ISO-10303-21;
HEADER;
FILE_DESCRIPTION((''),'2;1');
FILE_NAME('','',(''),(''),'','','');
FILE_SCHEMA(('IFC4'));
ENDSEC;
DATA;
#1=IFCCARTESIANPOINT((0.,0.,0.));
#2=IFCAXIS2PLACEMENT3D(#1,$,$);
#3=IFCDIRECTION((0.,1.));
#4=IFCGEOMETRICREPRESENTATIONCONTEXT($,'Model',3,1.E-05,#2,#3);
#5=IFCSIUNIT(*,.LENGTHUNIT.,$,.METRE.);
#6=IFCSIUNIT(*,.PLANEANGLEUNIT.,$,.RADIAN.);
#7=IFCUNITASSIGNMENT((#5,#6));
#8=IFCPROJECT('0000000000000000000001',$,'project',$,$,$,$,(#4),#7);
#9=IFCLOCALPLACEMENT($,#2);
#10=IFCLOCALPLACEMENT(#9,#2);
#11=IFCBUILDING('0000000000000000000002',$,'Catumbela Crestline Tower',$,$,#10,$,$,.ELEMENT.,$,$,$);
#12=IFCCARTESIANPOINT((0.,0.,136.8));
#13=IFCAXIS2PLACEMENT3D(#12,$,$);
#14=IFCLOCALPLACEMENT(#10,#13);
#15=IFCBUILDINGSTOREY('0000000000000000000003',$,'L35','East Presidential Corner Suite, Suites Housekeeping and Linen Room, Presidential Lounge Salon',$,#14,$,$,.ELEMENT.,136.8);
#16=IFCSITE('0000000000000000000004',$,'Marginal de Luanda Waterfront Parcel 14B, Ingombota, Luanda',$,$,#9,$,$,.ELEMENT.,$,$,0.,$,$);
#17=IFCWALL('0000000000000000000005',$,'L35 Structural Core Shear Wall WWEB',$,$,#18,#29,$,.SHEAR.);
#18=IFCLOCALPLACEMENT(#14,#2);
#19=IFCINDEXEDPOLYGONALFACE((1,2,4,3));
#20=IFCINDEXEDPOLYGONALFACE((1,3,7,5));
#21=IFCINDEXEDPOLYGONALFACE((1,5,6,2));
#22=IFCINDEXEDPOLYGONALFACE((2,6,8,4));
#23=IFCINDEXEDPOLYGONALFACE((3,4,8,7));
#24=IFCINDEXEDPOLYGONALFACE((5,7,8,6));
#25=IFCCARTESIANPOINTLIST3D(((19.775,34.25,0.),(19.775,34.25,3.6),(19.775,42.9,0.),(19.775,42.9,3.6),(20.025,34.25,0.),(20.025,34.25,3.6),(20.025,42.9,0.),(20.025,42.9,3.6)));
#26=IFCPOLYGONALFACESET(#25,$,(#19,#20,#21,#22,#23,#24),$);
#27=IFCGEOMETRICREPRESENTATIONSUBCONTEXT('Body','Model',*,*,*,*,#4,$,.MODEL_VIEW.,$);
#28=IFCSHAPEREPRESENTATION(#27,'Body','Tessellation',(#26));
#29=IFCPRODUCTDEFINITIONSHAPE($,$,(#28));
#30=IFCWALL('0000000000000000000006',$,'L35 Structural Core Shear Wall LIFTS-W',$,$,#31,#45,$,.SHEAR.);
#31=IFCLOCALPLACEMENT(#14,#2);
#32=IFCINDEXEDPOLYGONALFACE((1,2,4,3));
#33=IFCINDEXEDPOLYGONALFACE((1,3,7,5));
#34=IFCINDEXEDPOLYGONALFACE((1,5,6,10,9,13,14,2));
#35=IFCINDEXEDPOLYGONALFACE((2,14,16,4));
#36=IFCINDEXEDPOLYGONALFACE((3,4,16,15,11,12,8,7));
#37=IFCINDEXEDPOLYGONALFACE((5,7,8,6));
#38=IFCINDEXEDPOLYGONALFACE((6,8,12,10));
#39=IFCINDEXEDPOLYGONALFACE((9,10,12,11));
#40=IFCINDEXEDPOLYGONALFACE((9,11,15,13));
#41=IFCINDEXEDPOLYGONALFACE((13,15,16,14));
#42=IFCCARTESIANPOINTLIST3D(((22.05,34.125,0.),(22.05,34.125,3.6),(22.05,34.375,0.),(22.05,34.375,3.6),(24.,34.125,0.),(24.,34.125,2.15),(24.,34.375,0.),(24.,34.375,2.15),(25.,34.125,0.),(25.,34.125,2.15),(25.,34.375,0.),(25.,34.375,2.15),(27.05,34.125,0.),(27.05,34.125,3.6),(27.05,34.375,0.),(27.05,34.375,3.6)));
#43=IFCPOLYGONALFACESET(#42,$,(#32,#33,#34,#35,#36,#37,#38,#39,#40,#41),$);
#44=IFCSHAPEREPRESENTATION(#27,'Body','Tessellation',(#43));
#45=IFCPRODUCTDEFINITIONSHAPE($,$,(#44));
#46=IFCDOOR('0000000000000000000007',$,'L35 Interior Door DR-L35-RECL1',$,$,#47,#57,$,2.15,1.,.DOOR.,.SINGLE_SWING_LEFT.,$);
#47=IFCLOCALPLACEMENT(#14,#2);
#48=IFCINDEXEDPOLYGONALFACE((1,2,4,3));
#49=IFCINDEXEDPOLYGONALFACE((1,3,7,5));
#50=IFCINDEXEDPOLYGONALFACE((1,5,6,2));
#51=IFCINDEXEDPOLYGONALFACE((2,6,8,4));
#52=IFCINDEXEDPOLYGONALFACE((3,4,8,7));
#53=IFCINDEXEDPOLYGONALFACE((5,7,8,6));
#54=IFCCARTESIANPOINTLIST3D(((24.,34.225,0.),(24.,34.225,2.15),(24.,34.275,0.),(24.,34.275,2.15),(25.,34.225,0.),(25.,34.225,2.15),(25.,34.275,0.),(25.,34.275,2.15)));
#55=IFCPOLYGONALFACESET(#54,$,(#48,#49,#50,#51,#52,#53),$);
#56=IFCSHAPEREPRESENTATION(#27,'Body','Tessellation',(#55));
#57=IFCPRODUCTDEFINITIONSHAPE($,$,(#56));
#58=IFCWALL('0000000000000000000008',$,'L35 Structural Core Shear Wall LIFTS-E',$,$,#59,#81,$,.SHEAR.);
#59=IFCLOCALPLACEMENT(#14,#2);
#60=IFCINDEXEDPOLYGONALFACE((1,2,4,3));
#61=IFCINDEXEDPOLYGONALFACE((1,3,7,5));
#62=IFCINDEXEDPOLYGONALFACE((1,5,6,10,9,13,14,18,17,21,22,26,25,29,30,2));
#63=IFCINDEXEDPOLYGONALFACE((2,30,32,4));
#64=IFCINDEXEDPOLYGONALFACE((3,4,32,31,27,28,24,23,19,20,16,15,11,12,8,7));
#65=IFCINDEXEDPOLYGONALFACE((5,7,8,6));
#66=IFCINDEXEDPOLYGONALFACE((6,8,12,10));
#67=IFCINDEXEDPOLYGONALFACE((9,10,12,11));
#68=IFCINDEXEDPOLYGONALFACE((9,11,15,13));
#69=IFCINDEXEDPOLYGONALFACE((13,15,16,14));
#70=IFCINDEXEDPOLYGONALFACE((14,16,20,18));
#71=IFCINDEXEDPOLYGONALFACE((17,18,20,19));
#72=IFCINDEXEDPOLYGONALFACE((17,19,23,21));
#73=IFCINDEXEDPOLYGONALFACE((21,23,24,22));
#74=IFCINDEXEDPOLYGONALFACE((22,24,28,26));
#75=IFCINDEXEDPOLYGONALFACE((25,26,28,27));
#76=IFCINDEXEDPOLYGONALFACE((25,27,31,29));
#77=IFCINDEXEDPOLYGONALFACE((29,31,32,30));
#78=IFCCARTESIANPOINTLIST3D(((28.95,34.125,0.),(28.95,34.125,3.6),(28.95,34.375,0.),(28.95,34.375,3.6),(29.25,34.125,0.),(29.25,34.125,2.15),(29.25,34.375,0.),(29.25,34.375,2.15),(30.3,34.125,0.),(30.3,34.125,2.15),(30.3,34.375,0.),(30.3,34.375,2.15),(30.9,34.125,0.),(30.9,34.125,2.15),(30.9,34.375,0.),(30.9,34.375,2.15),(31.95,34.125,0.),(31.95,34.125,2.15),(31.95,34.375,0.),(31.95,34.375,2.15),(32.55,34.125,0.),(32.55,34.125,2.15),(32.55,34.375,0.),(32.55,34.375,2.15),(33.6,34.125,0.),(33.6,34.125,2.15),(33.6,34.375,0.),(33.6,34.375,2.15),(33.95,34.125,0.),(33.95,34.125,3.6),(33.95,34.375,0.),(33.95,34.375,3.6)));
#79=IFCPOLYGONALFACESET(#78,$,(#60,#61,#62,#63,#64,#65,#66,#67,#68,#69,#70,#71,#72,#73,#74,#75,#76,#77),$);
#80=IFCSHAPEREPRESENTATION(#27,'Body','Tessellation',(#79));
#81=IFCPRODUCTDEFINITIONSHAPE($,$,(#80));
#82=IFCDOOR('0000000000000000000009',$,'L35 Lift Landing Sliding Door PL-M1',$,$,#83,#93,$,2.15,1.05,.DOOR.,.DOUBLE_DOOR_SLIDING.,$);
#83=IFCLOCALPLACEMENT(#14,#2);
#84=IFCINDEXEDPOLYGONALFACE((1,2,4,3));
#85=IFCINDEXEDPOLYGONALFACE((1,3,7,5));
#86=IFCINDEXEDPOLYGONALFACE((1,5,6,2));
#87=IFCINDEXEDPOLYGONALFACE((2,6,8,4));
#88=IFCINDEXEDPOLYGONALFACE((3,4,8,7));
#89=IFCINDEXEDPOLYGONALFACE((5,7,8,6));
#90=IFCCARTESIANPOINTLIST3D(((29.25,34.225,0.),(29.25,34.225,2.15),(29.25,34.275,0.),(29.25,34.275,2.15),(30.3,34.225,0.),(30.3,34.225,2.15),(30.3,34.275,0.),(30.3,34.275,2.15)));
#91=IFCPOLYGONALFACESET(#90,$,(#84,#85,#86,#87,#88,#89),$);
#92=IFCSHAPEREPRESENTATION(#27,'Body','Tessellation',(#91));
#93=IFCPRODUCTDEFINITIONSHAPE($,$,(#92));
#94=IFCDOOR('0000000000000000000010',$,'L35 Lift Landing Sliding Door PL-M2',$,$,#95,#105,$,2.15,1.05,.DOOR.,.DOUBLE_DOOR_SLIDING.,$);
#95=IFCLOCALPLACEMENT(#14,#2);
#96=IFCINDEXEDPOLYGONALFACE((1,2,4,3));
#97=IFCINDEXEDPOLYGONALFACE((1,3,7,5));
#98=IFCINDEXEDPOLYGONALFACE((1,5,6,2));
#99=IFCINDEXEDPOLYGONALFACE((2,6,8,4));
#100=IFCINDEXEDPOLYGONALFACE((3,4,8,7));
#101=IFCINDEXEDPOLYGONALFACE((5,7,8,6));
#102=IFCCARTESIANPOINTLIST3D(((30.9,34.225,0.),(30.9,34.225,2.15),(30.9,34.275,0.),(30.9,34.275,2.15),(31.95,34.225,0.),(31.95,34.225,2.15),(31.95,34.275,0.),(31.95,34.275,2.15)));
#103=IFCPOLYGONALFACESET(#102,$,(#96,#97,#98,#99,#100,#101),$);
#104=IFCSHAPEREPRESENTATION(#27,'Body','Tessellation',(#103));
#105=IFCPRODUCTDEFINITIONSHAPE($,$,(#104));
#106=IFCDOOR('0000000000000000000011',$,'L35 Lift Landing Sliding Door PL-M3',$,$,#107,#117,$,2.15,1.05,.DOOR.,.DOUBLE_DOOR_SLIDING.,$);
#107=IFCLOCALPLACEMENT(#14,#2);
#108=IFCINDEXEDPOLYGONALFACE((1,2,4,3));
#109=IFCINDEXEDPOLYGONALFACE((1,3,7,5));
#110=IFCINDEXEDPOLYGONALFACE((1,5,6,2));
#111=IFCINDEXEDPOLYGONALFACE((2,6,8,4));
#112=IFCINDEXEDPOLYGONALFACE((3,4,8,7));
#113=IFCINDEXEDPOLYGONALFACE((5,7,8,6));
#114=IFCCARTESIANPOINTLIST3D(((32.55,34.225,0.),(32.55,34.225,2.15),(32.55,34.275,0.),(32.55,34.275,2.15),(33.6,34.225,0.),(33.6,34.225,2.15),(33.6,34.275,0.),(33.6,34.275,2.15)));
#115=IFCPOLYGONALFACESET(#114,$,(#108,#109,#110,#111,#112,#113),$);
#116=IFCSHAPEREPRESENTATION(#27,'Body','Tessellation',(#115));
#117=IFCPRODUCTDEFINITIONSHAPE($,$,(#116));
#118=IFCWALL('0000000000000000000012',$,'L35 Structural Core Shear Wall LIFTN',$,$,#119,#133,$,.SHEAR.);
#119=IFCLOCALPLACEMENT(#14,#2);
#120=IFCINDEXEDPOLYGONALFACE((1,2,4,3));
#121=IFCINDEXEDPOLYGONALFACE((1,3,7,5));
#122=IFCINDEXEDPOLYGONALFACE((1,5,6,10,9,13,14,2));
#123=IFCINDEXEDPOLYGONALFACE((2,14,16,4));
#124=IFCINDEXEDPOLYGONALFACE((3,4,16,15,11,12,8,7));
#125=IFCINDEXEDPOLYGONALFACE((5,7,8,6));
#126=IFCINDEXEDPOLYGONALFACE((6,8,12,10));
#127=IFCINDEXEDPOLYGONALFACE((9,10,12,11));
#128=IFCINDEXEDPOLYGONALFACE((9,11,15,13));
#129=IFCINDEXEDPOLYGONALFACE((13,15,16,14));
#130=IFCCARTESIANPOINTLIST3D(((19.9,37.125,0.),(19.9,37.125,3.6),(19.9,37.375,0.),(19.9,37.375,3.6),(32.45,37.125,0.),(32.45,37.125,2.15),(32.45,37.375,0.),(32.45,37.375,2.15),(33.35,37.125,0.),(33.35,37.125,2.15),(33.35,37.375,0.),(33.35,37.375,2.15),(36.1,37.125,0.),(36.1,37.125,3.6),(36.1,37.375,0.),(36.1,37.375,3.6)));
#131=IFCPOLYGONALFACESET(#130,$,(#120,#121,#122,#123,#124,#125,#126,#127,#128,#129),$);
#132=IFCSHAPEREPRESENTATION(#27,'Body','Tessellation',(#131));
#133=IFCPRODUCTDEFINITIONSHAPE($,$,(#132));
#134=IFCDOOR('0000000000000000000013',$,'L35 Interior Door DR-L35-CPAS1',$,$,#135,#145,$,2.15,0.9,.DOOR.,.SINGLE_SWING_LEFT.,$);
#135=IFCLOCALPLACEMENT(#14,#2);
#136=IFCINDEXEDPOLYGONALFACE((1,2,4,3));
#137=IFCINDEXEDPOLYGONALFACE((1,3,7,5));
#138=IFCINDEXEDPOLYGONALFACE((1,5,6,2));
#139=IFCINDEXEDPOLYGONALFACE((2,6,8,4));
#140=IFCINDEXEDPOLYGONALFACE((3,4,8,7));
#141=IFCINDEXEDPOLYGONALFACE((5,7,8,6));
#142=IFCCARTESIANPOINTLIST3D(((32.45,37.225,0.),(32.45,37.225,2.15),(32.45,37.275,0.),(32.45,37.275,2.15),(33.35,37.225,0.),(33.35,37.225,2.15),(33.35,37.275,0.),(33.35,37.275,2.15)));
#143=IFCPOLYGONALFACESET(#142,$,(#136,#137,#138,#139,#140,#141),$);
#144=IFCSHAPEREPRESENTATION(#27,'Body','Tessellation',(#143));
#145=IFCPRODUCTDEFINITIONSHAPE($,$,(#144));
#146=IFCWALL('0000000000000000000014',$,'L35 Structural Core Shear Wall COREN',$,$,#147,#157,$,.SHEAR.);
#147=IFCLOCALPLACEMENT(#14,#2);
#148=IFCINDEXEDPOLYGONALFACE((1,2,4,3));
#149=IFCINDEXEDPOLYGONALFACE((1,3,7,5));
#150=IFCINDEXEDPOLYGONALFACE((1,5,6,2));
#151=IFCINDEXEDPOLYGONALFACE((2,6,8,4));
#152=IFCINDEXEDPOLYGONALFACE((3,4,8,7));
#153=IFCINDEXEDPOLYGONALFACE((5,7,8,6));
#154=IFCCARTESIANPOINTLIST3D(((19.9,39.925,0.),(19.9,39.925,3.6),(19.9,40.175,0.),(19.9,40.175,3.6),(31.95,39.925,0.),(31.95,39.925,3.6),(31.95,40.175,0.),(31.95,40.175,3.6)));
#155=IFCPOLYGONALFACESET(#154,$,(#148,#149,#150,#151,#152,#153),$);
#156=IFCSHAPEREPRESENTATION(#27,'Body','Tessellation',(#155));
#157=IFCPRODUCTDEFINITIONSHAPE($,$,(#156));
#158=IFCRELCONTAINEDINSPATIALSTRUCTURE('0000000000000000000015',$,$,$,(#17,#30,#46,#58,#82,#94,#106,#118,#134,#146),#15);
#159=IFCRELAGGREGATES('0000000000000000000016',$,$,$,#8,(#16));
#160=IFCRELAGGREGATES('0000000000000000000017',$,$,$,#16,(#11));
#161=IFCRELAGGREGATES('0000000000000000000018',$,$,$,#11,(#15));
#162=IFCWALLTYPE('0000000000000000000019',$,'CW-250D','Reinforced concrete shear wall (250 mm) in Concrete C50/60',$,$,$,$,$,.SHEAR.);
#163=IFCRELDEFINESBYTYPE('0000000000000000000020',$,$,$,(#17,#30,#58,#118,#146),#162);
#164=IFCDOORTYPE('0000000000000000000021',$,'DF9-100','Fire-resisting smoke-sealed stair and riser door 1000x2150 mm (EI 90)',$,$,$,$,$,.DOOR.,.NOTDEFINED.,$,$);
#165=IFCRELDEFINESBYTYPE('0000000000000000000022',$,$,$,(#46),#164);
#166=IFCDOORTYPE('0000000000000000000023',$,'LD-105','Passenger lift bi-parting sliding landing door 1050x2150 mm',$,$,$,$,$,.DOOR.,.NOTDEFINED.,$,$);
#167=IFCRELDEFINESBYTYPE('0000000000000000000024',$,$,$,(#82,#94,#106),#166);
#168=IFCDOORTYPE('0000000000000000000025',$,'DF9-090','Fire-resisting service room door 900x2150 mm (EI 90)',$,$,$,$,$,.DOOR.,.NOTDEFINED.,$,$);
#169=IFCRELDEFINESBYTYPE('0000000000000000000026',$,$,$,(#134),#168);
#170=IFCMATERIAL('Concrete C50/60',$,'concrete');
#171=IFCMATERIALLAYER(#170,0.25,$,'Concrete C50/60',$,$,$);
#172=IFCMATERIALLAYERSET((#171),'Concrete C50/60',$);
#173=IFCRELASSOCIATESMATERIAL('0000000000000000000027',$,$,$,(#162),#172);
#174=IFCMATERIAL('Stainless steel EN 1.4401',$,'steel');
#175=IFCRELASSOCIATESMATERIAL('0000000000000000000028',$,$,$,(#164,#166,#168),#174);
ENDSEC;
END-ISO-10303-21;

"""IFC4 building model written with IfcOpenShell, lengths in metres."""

from ifc_helpers import new_model, si_unit, direction, frame, frame_2d, origin, place, context, subcontext, project, spatial, rectangle, extrude, material, layer, layer_set, type_object, element, fill, save


model = new_model("IFC4")

# Units and contexts
model_context = context("Model", 3, precision=1e-05, world=origin(), true_north=direction((0.0, 1.0)))
body_context = subcontext(model_context, "Body", "Model", "MODEL_VIEW")
ifc_project = project(units=[si_unit("LENGTHUNIT", "METRE"), si_unit("PLANEANGLEUNIT", "RADIAN")], contexts=[model_context])

# Site, building, storey
site_placement = place(None, origin())
site = spatial("IfcSite", under=ifc_project, at=site_placement, Name="Marginal de Luanda Waterfront Parcel 14B, Ingombota, Luanda", CompositionType="ELEMENT", RefElevation=0.0)
building_placement = place(site_placement, origin())
building = spatial("IfcBuilding", under=site, at=building_placement, Name="Catumbela Crestline Tower", CompositionType="ELEMENT")
storey_placement = place(building_placement, frame((0.0, 0.0, 136.8)))
storey = spatial("IfcBuildingStorey", under=building, at=storey_placement, Name="L35", Description="East Presidential Corner Suite, Suites Housekeeping and Linen Room, Presidential Lounge Salon", CompositionType="ELEMENT", Elevation=136.8)

# Wall
ifc_material_1 = material(Name="Concrete C50/60", Category="concrete")
ifc_layer_1 = layer(ifc_material_1, 0.25, Name="Concrete C50/60")
ifc_layer_set_1 = layer_set([ifc_layer_1], Name="Concrete C50/60")
wall_type_1 = type_object("IfcWallType", Name="CW-250D", Description="Reinforced concrete shear wall (250 mm) in Concrete C50/60", PredefinedType="SHEAR", material=ifc_layer_set_1)
wall_1_placement = place(storey_placement, frame((19.9, 34.25, 0.0), z_axis=(0.0, 0.0, 1.0), x_axis=(0.0, 1.0, 0.0)))
element("IfcWall", 1, at=wall_1_placement, inside=storey, type_object=wall_type_1, Name="L35 Structural Core Shear Wall WWEB", PredefinedType="SHEAR", context=body_context, shape_type="SweptSolid", body=[
    extrude(rectangle(XDim=8.65, YDim=0.25, at=frame_2d((4.325, 0.0))), origin(), (0.0, 0.0, 1.0), 3.6),
])

# Wall, opening, door
wall_2_placement = place(storey_placement, frame((22.05, 34.25, 0.0), z_axis=(0.0, 0.0, 1.0), x_axis=(1.0, 0.0, 0.0)))
wall_2 = element("IfcWall", 2, at=wall_2_placement, inside=storey, type_object=wall_type_1, Name="L35 Structural Core Shear Wall LIFTS-W", PredefinedType="SHEAR", context=body_context, shape_type="SweptSolid", body=[
    extrude(rectangle(XDim=5.0, YDim=0.25, at=frame_2d((2.5, 0.0))), origin(), (0.0, 0.0, 1.0), 3.6),
])
opening_1_placement = place(wall_2_placement, frame((1.95, 0.0, 0.0)))
opening_1 = element("IfcOpeningElement", 3, at=opening_1_placement, cuts=wall_2, PredefinedType="OPENING", context=body_context, shape_type="SweptSolid", body=[
    extrude(rectangle(XDim=1.0, YDim=2.15, at=frame_2d((0.5, 1.075))), frame((0.0, 0.135, 0.0), z_axis=(0.0, -1.0, 0.0), x_axis=(1.0, 0.0, 0.0)), (0.0, 0.0, 1.0), 0.27),
])
ifc_material_2 = material(Name="Stainless steel EN 1.4401", Category="steel")
door_type_1 = type_object("IfcDoorType", Name="DF9-100", Description="Fire-resisting smoke-sealed stair and riser door 1000x2150 mm (EI 90)", OperationType="NOTDEFINED", PredefinedType="DOOR", material=ifc_material_2)
door_1_placement = place(opening_1_placement, origin())
door_1 = element("IfcDoor", 4, at=door_1_placement, inside=storey, type_object=door_type_1, Name="L35 Interior Door DR-L35-RECL1", OperationType="SINGLE_SWING_LEFT", OverallHeight=2.15, OverallWidth=1.0, PredefinedType="DOOR", context=body_context, shape_type="SweptSolid", body=[
    extrude(rectangle(XDim=1.0, YDim=2.15, at=frame_2d((0.5, 1.075))), frame((0.0, 0.025, 0.0), z_axis=(0.0, -1.0, 0.0), x_axis=(1.0, 0.0, 0.0)), (0.0, 0.0, 1.0), 0.05),
])
fill(opening_1, door_1)

# Wall, openings, doors
wall_3_placement = place(storey_placement, frame((28.95, 34.25, 0.0), z_axis=(0.0, 0.0, 1.0), x_axis=(1.0, 0.0, 0.0)))
wall_3 = element("IfcWall", 5, at=wall_3_placement, inside=storey, type_object=wall_type_1, Name="L35 Structural Core Shear Wall LIFTS-E", PredefinedType="SHEAR", context=body_context, shape_type="SweptSolid", body=[
    extrude(rectangle(XDim=5.0, YDim=0.25, at=frame_2d((2.5, 0.0))), origin(), (0.0, 0.0, 1.0), 3.6),
])
opening_2_placement = place(wall_3_placement, frame((0.3, 0.0, 0.0)))
opening_2 = element("IfcOpeningElement", 6, at=opening_2_placement, cuts=wall_3, PredefinedType="OPENING", context=body_context, shape_type="SweptSolid", body=[
    extrude(rectangle(XDim=1.05, YDim=2.15, at=frame_2d((0.525, 1.075))), frame((0.0, 0.135, 0.0), z_axis=(0.0, -1.0, 0.0), x_axis=(1.0, 0.0, 0.0)), (0.0, 0.0, 1.0), 0.27),
])
opening_3_placement = place(wall_3_placement, frame((1.95, 0.0, 0.0)))
opening_3 = element("IfcOpeningElement", 7, at=opening_3_placement, cuts=wall_3, PredefinedType="OPENING", context=body_context, shape_type="SweptSolid", body=[
    extrude(rectangle(XDim=1.05, YDim=2.15, at=frame_2d((0.525, 1.075))), frame((0.0, 0.135, 0.0), z_axis=(0.0, -1.0, 0.0), x_axis=(1.0, 0.0, 0.0)), (0.0, 0.0, 1.0), 0.27),
])
opening_4_placement = place(wall_3_placement, frame((3.6, 0.0, 0.0)))
opening_4 = element("IfcOpeningElement", 8, at=opening_4_placement, cuts=wall_3, PredefinedType="OPENING", context=body_context, shape_type="SweptSolid", body=[
    extrude(rectangle(XDim=1.05, YDim=2.15, at=frame_2d((0.525, 1.075))), frame((0.0, 0.135, 0.0), z_axis=(0.0, -1.0, 0.0), x_axis=(1.0, 0.0, 0.0)), (0.0, 0.0, 1.0), 0.27),
])
door_type_2 = type_object("IfcDoorType", Name="LD-105", Description="Passenger lift bi-parting sliding landing door 1050x2150 mm", OperationType="NOTDEFINED", PredefinedType="DOOR", material=ifc_material_2)
door_2_placement = place(opening_2_placement, origin())
door_2 = element("IfcDoor", 9, at=door_2_placement, inside=storey, type_object=door_type_2, Name="L35 Lift Landing Sliding Door PL-M1", OperationType="DOUBLE_DOOR_SLIDING", OverallHeight=2.15, OverallWidth=1.05, PredefinedType="DOOR", context=body_context, shape_type="SweptSolid", body=[
    extrude(rectangle(XDim=1.05, YDim=2.15, at=frame_2d((0.525, 1.075))), frame((0.0, 0.025, 0.0), z_axis=(0.0, -1.0, 0.0), x_axis=(1.0, 0.0, 0.0)), (0.0, 0.0, 1.0), 0.05),
])
fill(opening_2, door_2)
door_3_placement = place(opening_3_placement, origin())
door_3 = element("IfcDoor", 10, at=door_3_placement, inside=storey, type_object=door_type_2, Name="L35 Lift Landing Sliding Door PL-M2", OperationType="DOUBLE_DOOR_SLIDING", OverallHeight=2.15, OverallWidth=1.05, PredefinedType="DOOR", context=body_context, shape_type="SweptSolid", body=[
    extrude(rectangle(XDim=1.05, YDim=2.15, at=frame_2d((0.525, 1.075))), frame((0.0, 0.025, 0.0), z_axis=(0.0, -1.0, 0.0), x_axis=(1.0, 0.0, 0.0)), (0.0, 0.0, 1.0), 0.05),
])
fill(opening_3, door_3)
door_4_placement = place(opening_4_placement, origin())
door_4 = element("IfcDoor", 11, at=door_4_placement, inside=storey, type_object=door_type_2, Name="L35 Lift Landing Sliding Door PL-M3", OperationType="DOUBLE_DOOR_SLIDING", OverallHeight=2.15, OverallWidth=1.05, PredefinedType="DOOR", context=body_context, shape_type="SweptSolid", body=[
    extrude(rectangle(XDim=1.05, YDim=2.15, at=frame_2d((0.525, 1.075))), frame((0.0, 0.025, 0.0), z_axis=(0.0, -1.0, 0.0), x_axis=(1.0, 0.0, 0.0)), (0.0, 0.0, 1.0), 0.05),
])
fill(opening_4, door_4)

# Wall, opening, door
wall_4_placement = place(storey_placement, frame((19.9, 37.25, 0.0), z_axis=(0.0, 0.0, 1.0), x_axis=(1.0, 0.0, 0.0)))
wall_4 = element("IfcWall", 12, at=wall_4_placement, inside=storey, type_object=wall_type_1, Name="L35 Structural Core Shear Wall LIFTN", PredefinedType="SHEAR", context=body_context, shape_type="SweptSolid", body=[
    extrude(rectangle(XDim=16.2, YDim=0.25, at=frame_2d((8.1, 0.0))), origin(), (0.0, 0.0, 1.0), 3.6),
])
opening_5_placement = place(wall_4_placement, frame((12.55, 0.0, 0.0)))
opening_5 = element("IfcOpeningElement", 13, at=opening_5_placement, cuts=wall_4, PredefinedType="OPENING", context=body_context, shape_type="SweptSolid", body=[
    extrude(rectangle(XDim=0.9, YDim=2.15, at=frame_2d((0.45, 1.075))), frame((0.0, 0.135, 0.0), z_axis=(0.0, -1.0, 0.0), x_axis=(1.0, 0.0, 0.0)), (0.0, 0.0, 1.0), 0.27),
])
door_type_3 = type_object("IfcDoorType", Name="DF9-090", Description="Fire-resisting service room door 900x2150 mm (EI 90)", OperationType="NOTDEFINED", PredefinedType="DOOR", material=ifc_material_2)
door_5_placement = place(opening_5_placement, origin())
door_5 = element("IfcDoor", 14, at=door_5_placement, inside=storey, type_object=door_type_3, Name="L35 Interior Door DR-L35-CPAS1", OperationType="SINGLE_SWING_LEFT", OverallHeight=2.15, OverallWidth=0.9, PredefinedType="DOOR", context=body_context, shape_type="SweptSolid", body=[
    extrude(rectangle(XDim=0.9, YDim=2.15, at=frame_2d((0.45, 1.075))), frame((0.0, 0.025, 0.0), z_axis=(0.0, -1.0, 0.0), x_axis=(1.0, 0.0, 0.0)), (0.0, 0.0, 1.0), 0.05),
])
fill(opening_5, door_5)

# Wall
wall_5_placement = place(storey_placement, frame((19.9, 40.05, 0.0), z_axis=(0.0, 0.0, 1.0), x_axis=(1.0, 0.0, 0.0)))
element("IfcWall", 15, at=wall_5_placement, inside=storey, type_object=wall_type_1, Name="L35 Structural Core Shear Wall COREN", PredefinedType="SHEAR", context=body_context, shape_type="SweptSolid", body=[
    extrude(rectangle(XDim=12.05, YDim=0.25, at=frame_2d((6.025, 0.0))), origin(), (0.0, 0.0, 1.0), 3.6),
])

save(model, "model.ifc")
